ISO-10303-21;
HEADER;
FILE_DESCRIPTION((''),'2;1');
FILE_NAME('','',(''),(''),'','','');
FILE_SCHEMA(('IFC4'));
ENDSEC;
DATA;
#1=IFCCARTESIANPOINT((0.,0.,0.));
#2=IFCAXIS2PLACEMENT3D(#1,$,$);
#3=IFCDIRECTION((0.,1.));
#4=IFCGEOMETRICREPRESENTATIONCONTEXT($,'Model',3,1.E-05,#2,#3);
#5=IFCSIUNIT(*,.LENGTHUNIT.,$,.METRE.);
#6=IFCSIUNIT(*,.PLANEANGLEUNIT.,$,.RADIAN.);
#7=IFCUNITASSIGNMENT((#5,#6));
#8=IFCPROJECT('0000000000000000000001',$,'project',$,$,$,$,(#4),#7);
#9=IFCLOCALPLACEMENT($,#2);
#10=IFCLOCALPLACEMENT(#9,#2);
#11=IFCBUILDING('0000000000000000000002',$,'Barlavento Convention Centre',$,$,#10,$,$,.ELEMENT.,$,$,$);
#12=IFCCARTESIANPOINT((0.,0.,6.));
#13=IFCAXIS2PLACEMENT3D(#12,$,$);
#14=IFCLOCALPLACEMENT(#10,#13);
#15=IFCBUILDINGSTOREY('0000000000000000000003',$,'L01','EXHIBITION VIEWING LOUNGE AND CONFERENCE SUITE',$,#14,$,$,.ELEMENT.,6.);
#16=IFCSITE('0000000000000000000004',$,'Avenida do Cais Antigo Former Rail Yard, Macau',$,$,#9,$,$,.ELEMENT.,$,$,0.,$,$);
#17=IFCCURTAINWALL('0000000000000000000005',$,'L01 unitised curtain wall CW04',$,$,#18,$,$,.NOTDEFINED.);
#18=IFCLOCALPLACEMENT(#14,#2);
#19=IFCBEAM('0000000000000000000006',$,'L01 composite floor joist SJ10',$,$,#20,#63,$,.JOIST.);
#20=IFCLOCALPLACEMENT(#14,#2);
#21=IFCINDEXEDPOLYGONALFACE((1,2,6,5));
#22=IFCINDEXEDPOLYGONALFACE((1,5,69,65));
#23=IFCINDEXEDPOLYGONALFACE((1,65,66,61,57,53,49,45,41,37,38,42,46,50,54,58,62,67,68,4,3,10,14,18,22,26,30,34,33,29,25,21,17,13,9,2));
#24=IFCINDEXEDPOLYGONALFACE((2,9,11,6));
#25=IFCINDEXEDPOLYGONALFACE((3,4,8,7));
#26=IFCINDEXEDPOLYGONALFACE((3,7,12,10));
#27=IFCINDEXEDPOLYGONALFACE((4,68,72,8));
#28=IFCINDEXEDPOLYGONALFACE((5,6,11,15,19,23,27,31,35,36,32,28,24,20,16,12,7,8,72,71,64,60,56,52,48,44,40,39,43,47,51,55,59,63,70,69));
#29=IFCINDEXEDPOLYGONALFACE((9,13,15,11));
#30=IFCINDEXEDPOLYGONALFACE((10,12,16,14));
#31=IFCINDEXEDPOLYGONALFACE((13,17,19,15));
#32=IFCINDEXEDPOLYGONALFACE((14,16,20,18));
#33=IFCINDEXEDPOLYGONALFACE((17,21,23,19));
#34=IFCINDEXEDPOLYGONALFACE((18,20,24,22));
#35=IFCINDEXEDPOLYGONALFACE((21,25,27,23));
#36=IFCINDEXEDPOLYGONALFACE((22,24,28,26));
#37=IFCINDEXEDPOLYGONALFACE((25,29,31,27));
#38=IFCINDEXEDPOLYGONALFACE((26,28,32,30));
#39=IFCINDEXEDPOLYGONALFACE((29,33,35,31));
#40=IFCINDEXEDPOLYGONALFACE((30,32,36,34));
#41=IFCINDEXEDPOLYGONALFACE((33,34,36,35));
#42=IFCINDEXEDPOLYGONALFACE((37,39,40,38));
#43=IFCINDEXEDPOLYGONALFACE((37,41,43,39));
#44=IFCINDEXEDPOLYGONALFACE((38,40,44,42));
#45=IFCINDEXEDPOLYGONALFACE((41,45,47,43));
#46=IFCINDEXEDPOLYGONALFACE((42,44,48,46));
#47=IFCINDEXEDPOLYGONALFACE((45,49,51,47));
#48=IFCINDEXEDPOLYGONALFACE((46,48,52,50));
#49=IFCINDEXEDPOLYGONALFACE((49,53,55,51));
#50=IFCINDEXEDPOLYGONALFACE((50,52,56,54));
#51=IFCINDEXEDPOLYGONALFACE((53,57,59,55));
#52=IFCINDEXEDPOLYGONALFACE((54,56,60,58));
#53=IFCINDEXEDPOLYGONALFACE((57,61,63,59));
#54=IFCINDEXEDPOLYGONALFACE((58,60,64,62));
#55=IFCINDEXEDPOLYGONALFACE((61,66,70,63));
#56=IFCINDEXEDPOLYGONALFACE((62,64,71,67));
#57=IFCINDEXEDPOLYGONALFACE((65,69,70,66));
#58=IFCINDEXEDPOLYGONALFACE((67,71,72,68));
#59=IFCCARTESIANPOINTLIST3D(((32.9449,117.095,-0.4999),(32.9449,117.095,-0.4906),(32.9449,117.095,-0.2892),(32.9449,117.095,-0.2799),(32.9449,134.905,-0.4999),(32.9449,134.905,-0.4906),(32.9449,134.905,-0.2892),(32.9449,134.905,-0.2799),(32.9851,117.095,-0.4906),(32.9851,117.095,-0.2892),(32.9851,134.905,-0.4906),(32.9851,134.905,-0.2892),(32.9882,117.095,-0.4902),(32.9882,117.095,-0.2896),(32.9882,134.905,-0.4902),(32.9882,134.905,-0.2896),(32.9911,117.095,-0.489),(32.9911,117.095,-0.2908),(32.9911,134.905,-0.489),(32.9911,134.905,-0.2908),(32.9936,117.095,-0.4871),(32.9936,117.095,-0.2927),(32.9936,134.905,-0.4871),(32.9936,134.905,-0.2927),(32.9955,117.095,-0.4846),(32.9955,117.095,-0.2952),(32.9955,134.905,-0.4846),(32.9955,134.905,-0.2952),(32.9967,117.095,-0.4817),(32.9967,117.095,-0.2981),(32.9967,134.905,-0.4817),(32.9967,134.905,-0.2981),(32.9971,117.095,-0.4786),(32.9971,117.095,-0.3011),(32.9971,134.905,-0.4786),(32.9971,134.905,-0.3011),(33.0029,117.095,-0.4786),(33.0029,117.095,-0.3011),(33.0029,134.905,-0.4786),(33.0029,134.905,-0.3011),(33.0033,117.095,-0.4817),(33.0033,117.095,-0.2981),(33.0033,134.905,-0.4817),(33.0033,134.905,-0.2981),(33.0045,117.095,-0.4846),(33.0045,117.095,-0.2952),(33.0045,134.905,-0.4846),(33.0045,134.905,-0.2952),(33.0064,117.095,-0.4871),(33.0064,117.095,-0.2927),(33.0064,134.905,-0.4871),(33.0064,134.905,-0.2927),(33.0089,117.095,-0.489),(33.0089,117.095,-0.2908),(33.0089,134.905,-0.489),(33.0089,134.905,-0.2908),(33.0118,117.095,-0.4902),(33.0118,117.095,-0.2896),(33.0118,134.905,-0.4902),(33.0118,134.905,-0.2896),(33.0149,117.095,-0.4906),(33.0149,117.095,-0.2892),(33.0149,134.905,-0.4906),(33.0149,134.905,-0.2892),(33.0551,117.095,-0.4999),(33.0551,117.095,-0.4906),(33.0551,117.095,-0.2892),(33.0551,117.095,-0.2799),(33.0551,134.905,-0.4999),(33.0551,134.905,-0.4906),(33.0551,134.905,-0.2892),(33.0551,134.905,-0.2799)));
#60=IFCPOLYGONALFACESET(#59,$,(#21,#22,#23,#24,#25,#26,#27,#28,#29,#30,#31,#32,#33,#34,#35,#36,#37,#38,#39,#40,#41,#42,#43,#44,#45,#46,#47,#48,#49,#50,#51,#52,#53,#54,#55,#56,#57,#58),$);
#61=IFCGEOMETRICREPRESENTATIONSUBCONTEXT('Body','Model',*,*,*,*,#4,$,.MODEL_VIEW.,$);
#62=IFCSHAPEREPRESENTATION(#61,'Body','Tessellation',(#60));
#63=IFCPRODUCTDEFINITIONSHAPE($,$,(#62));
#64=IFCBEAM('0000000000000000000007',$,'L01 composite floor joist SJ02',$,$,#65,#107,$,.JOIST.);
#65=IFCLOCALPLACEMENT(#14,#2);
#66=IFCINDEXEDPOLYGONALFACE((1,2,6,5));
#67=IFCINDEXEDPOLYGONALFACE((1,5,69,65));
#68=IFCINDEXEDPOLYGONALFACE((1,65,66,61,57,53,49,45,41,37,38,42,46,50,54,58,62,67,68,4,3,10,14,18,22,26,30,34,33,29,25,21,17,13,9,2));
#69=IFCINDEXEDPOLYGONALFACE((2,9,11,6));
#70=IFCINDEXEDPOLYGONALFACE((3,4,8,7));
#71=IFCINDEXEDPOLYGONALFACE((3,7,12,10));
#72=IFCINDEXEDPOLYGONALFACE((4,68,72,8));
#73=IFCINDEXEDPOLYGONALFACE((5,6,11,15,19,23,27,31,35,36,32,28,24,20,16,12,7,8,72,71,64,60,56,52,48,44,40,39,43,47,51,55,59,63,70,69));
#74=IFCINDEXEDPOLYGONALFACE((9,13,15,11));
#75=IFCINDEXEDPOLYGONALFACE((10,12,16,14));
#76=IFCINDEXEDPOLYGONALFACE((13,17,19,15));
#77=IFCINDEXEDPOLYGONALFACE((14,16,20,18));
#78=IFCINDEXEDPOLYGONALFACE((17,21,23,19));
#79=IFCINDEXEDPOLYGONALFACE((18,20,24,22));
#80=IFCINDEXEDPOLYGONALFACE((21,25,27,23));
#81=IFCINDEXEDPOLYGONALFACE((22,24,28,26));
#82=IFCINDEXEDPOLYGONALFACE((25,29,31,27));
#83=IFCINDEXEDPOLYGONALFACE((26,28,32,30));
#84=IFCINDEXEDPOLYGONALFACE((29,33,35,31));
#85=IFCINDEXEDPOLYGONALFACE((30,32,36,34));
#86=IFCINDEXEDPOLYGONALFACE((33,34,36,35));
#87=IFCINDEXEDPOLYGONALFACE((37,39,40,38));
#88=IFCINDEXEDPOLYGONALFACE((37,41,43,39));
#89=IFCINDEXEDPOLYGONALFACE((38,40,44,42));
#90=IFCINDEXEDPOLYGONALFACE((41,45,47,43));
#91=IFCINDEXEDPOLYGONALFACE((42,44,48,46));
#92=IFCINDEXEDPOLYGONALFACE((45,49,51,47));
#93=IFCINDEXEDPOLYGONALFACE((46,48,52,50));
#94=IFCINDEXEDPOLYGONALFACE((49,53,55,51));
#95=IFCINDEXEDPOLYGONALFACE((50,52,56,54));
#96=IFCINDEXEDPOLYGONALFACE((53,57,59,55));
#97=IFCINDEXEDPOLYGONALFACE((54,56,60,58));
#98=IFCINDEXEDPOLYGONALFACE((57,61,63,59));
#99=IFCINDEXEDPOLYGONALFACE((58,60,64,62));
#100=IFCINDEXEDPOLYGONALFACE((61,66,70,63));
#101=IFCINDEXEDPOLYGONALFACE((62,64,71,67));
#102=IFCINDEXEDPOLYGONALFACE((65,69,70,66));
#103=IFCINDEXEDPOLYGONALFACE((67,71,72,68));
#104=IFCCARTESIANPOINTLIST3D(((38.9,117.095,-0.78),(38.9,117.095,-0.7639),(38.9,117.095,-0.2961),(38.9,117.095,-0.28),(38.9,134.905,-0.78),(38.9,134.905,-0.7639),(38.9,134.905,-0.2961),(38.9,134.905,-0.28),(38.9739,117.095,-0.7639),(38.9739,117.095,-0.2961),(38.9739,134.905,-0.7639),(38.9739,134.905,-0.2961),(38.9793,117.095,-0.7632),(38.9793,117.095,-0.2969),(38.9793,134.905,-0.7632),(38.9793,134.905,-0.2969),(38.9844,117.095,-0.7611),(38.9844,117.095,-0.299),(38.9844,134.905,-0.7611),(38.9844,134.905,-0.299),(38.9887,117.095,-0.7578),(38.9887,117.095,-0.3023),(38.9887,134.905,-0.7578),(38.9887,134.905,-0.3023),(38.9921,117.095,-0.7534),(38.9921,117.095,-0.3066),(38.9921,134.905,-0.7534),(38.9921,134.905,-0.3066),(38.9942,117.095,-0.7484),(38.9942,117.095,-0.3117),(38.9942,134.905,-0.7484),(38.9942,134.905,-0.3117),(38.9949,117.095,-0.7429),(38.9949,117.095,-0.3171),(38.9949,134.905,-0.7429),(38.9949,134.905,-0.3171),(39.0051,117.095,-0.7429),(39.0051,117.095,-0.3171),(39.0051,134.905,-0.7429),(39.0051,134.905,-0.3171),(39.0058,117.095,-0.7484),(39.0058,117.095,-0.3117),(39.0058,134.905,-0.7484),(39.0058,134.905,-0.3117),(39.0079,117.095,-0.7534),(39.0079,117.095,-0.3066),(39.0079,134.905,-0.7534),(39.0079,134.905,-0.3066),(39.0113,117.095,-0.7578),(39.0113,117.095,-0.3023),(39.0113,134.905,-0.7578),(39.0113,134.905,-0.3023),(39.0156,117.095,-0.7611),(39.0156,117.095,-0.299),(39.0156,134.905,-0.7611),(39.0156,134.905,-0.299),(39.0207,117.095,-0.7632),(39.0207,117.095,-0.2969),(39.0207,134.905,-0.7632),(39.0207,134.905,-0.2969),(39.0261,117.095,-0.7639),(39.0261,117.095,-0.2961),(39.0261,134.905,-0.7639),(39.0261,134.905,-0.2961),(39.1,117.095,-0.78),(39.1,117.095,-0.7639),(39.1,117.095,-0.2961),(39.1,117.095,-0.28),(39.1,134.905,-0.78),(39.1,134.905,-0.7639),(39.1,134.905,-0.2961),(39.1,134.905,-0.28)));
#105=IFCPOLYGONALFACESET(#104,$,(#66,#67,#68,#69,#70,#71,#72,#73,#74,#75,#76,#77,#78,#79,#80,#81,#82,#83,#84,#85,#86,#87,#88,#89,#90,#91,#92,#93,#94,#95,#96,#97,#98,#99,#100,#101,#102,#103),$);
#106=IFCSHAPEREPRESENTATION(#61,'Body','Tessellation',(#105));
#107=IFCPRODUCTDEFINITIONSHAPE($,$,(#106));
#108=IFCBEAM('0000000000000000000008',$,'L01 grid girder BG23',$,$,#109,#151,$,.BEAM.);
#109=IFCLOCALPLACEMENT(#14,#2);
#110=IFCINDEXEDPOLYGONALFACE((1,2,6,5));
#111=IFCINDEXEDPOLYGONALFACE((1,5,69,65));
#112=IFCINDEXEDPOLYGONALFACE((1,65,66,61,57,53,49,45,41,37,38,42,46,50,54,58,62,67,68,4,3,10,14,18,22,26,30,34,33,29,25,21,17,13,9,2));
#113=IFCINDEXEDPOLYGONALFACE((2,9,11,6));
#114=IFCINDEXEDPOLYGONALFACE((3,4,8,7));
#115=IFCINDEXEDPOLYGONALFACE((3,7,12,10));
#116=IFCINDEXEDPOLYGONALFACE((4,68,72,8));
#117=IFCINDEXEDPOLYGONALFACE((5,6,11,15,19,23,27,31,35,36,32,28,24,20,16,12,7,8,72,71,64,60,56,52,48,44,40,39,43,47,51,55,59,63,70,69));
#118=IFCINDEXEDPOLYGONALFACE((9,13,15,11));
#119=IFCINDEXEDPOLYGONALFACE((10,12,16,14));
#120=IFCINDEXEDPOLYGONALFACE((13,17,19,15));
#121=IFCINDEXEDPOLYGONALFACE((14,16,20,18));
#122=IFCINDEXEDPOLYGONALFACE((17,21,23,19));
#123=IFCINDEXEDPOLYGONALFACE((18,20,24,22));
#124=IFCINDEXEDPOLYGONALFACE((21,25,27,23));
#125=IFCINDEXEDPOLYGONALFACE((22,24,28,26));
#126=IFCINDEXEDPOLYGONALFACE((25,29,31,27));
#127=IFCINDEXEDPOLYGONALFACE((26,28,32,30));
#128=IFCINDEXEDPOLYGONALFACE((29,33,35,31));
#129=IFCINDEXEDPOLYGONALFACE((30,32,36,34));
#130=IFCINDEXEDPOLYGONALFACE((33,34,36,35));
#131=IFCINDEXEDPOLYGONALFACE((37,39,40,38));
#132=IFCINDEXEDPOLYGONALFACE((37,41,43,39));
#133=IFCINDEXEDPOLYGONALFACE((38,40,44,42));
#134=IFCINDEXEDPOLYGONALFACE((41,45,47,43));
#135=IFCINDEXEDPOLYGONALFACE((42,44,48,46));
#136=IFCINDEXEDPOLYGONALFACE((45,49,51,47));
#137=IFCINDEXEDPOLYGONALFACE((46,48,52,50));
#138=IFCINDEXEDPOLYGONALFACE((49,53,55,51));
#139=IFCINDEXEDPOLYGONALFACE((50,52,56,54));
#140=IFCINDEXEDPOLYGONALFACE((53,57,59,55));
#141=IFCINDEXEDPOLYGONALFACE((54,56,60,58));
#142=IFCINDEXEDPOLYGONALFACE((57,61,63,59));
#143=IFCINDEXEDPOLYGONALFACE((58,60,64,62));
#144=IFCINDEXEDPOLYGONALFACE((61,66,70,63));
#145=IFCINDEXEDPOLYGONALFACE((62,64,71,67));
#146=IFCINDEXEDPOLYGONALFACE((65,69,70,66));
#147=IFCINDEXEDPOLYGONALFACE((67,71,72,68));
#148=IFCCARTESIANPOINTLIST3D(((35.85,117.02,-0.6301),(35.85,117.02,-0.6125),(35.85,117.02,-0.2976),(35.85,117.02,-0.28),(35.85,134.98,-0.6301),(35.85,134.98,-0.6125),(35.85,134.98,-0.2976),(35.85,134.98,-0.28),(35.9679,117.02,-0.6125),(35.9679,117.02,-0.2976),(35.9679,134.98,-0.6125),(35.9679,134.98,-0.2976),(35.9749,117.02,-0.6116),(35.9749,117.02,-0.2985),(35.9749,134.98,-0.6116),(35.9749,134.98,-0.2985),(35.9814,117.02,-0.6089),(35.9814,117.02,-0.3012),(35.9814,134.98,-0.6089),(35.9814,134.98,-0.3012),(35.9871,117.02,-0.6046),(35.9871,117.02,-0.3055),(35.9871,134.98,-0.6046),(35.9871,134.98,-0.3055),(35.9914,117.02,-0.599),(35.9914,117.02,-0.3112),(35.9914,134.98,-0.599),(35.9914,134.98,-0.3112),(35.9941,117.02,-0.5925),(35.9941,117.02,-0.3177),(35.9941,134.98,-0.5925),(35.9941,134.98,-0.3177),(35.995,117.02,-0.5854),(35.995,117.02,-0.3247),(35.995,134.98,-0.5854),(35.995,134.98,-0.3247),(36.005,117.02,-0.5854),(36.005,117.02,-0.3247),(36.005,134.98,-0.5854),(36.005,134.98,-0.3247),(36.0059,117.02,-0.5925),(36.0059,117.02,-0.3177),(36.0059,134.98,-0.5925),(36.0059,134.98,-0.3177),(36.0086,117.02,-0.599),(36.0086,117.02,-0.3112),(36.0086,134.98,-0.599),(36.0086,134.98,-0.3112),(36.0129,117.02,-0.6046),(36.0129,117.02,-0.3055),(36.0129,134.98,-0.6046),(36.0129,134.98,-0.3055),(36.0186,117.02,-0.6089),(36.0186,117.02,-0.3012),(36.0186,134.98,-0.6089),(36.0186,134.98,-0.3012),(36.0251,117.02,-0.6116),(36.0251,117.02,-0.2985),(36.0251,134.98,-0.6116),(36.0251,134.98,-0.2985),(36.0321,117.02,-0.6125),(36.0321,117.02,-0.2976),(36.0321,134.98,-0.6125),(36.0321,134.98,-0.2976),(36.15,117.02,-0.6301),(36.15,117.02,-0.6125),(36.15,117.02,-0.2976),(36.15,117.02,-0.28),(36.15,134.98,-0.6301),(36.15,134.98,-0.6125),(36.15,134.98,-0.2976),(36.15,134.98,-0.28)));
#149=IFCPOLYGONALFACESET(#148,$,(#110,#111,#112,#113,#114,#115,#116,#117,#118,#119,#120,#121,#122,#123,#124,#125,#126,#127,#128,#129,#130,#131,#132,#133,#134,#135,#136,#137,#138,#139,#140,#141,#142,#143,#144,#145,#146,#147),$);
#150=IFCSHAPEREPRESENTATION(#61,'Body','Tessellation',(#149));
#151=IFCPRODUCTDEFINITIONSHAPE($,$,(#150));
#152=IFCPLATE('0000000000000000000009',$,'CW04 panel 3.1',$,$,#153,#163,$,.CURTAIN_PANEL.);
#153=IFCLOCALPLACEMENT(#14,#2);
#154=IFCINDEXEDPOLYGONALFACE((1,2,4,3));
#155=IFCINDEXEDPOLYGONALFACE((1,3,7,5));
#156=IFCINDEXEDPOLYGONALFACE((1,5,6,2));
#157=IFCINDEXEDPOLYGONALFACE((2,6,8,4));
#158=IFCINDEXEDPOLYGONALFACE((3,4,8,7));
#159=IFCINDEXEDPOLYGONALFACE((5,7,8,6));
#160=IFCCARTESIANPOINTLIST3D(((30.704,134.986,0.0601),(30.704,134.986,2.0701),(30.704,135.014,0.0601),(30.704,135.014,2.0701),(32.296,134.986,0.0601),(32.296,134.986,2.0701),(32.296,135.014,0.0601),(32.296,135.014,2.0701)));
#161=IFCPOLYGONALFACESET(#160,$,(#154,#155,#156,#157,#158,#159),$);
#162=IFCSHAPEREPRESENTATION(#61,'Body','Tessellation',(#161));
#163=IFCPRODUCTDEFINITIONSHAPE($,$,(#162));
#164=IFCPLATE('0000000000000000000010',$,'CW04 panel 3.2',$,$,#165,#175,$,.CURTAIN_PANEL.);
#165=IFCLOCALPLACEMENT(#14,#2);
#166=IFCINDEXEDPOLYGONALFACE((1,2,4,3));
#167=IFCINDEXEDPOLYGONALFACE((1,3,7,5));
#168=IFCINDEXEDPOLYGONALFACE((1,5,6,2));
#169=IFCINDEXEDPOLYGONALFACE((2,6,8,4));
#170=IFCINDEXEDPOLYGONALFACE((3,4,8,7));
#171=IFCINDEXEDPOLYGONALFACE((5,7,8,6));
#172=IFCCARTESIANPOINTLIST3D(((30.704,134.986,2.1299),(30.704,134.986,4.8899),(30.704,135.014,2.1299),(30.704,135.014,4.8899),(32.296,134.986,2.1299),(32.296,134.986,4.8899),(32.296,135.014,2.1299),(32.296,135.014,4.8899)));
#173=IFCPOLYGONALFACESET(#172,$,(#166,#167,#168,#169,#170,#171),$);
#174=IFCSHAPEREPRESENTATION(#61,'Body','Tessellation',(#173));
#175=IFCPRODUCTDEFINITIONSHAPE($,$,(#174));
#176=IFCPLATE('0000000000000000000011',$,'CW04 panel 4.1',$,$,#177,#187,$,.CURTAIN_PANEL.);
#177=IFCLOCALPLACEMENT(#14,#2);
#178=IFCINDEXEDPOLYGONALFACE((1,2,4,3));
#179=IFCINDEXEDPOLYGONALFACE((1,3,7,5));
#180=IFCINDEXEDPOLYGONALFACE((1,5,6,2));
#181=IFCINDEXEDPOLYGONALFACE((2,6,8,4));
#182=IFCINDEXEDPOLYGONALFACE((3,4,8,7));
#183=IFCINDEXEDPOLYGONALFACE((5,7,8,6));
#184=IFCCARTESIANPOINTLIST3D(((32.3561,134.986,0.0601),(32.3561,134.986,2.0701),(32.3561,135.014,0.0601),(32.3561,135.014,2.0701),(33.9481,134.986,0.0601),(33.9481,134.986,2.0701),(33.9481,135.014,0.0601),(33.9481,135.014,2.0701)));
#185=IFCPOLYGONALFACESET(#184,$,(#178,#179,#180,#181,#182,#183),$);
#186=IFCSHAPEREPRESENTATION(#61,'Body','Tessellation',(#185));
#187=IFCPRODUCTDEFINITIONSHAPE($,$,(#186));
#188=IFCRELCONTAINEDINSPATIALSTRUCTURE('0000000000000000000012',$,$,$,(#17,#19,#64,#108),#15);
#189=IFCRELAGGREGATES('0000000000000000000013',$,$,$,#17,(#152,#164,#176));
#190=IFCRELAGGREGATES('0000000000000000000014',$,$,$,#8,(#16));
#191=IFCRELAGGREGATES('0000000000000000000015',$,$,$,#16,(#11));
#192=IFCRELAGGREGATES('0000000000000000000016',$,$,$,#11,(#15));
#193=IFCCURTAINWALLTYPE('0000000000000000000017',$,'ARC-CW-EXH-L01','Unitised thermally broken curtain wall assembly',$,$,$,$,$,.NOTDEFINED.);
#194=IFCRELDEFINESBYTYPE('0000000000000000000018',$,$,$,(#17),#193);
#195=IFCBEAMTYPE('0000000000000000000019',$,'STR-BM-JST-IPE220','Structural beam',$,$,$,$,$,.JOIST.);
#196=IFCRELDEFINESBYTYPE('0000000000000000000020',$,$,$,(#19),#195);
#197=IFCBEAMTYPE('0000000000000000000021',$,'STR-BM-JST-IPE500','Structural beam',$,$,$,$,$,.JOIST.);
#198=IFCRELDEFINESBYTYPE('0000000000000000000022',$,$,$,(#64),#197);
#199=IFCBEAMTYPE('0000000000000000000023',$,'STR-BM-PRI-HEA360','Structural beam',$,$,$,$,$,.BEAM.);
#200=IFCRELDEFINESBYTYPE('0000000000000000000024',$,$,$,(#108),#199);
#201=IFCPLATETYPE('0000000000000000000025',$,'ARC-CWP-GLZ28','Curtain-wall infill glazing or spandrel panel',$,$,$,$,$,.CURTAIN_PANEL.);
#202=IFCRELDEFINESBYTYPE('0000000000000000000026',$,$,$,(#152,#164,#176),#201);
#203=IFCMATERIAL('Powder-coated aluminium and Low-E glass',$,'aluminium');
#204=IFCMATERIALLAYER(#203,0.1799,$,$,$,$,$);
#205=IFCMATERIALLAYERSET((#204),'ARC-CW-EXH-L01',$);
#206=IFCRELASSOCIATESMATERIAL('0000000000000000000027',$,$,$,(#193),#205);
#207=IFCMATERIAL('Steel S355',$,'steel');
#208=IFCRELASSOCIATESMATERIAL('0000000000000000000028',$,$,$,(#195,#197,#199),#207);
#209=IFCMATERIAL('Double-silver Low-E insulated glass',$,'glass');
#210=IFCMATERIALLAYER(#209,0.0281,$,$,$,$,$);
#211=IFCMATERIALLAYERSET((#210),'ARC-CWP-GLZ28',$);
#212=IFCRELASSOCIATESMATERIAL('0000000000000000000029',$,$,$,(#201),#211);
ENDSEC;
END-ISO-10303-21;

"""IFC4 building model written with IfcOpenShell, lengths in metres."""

from ifc_helpers import new_model, si_unit, direction, frame, origin, origin_2d, place, context, subcontext, project, spatial, rectangle, i_section, extrude, material, layer, layer_set, material_profile, profile_set, type_object, element, aggregate, save


model = new_model("IFC4")

# Units and contexts
model_context = context("Model", 3, precision=1e-05, world=origin(), true_north=direction((0.0, 1.0)))
body_context = subcontext(model_context, "Body", "Model", "MODEL_VIEW")
ifc_project = project(units=[si_unit("LENGTHUNIT", "METRE"), si_unit("PLANEANGLEUNIT", "RADIAN")], contexts=[model_context])

# Site, building, storey
site_placement = place(None, origin())
site = spatial("IfcSite", under=ifc_project, at=site_placement, Name="Avenida do Cais Antigo Former Rail Yard, Macau", CompositionType="ELEMENT", RefElevation=0.0)
building_placement = place(site_placement, origin())
building = spatial("IfcBuilding", under=site, at=building_placement, Name="Barlavento Convention Centre", CompositionType="ELEMENT")
storey_placement = place(building_placement, frame((0.0, 0.0, 6.0)))
storey = spatial("IfcBuildingStorey", under=building, at=storey_placement, Name="L01", Description="EXHIBITION VIEWING LOUNGE AND CONFERENCE SUITE", CompositionType="ELEMENT", Elevation=6.0)

# Curtain wall
ifc_material_1 = material(Name="Powder-coated aluminium and Low-E glass", Category="aluminium")
ifc_layer_1 = layer(ifc_material_1, 0.1799)
ifc_layer_set_1 = layer_set([ifc_layer_1], Name="ARC-CW-EXH-L01")
curtain_wall_type = type_object("IfcCurtainWallType", Name="ARC-CW-EXH-L01", Description="Unitised thermally broken curtain wall assembly", PredefinedType="NOTDEFINED", material=ifc_layer_set_1)
curtain_wall_placement = place(storey_placement, origin())
curtain_wall = element("IfcCurtainWall", 1, at=curtain_wall_placement, inside=storey, type_object=curtain_wall_type, Name="L01 unitised curtain wall CW04", PredefinedType="NOTDEFINED")

# Beams
ifc_material_2 = material(Name="Steel S355", Category="steel")
ifc_material_profile_1 = material_profile(ifc_material_2, i_section(OverallWidth=0.1101, OverallDepth=0.22, WebThickness=0.0059, FlangeThickness=0.0093, FilletRadius=0.012, at=origin_2d()), Name="IPE 220")
ifc_profile_set_1 = profile_set([ifc_material_profile_1], Name="Steel S355")
beam_type_1 = type_object("IfcBeamType", Name="STR-BM-JST-IPE220", Description="Structural beam", PredefinedType="JOIST", material=ifc_profile_set_1)
beam_1_placement = place(storey_placement, frame((33.0, 117.095, -0.3899), z_axis=(0.0, 1.0, 0.0), x_axis=(-1.0, 0.0, 0.0)))
element("IfcBeam", 2, at=beam_1_placement, inside=storey, type_object=beam_type_1, Name="L01 composite floor joist SJ10", PredefinedType="JOIST", context=body_context, shape_type="SweptSolid", body=[
    extrude(i_section(OverallWidth=0.1101, OverallDepth=0.22, WebThickness=0.0059, FlangeThickness=0.0093, FilletRadius=0.012, at=origin_2d()), origin(), (0.0, 0.0, 1.0), 17.8101),
])
ifc_material_profile_2 = material_profile(ifc_material_2, i_section(OverallWidth=0.2, OverallDepth=0.5, WebThickness=0.0103, FlangeThickness=0.0161, FilletRadius=0.021, at=origin_2d()), Name="IPE 500")
ifc_profile_set_2 = profile_set([ifc_material_profile_2], Name="Steel S355")
beam_type_2 = type_object("IfcBeamType", Name="STR-BM-JST-IPE500", Description="Structural beam", PredefinedType="JOIST", material=ifc_profile_set_2)
beam_2_placement = place(storey_placement, frame((39.0, 117.095, -0.53), z_axis=(0.0, 1.0, 0.0), x_axis=(-1.0, 0.0, 0.0)))
element("IfcBeam", 3, at=beam_2_placement, inside=storey, type_object=beam_type_2, Name="L01 composite floor joist SJ02", PredefinedType="JOIST", context=body_context, shape_type="SweptSolid", body=[
    extrude(i_section(OverallWidth=0.2, OverallDepth=0.5, WebThickness=0.0103, FlangeThickness=0.0161, FilletRadius=0.021, at=origin_2d()), origin(), (0.0, 0.0, 1.0), 17.8101),
])
ifc_material_profile_3 = material_profile(ifc_material_2, i_section(OverallWidth=0.3, OverallDepth=0.3501, WebThickness=0.01, FlangeThickness=0.0176, FilletRadius=0.0271, at=origin_2d()), Name="HEA 360")
ifc_profile_set_3 = profile_set([ifc_material_profile_3], Name="Steel S355")
beam_type_3 = type_object("IfcBeamType", Name="STR-BM-PRI-HEA360", Description="Structural beam", PredefinedType="BEAM", material=ifc_profile_set_3)
beam_3_placement = place(storey_placement, frame((36.0, 117.02, -0.4551), z_axis=(0.0, 1.0, 0.0), x_axis=(-1.0, 0.0, 0.0)))
element("IfcBeam", 4, at=beam_3_placement, inside=storey, type_object=beam_type_3, Name="L01 grid girder BG23", PredefinedType="BEAM", context=body_context, shape_type="SweptSolid", body=[
    extrude(i_section(OverallWidth=0.3, OverallDepth=0.3501, WebThickness=0.01, FlangeThickness=0.0176, FilletRadius=0.0271, at=origin_2d()), origin(), (0.0, 0.0, 1.0), 17.96),
])

# Plates
ifc_material_3 = material(Name="Double-silver Low-E insulated glass", Category="glass")
ifc_layer_2 = layer(ifc_material_3, 0.0281)
ifc_layer_set_2 = layer_set([ifc_layer_2], Name="ARC-CWP-GLZ28")
plate_type = type_object("IfcPlateType", Name="ARC-CWP-GLZ28", Description="Curtain-wall infill glazing or spandrel panel", PredefinedType="CURTAIN_PANEL", material=ifc_layer_set_2)
plate_1_placement = place(storey_placement, frame((31.5, 135.0, 0.0601), z_axis=(0.0, 0.0, 1.0), x_axis=(1.0, 0.0, 0.0)))
plate_1 = element("IfcPlate", 5, at=plate_1_placement, type_object=plate_type, Name="CW04 panel 3.1", PredefinedType="CURTAIN_PANEL", context=body_context, shape_type="SweptSolid", body=[
    extrude(rectangle(XDim=1.592, YDim=0.0281, at=origin_2d()), origin(), (0.0, 0.0, 1.0), 2.01),
])
plate_2_placement = place(storey_placement, frame((31.5, 135.0, 2.1299), z_axis=(0.0, 0.0, 1.0), x_axis=(1.0, 0.0, 0.0)))
plate_2 = element("IfcPlate", 6, at=plate_2_placement, type_object=plate_type, Name="CW04 panel 3.2", PredefinedType="CURTAIN_PANEL", context=body_context, shape_type="SweptSolid", body=[
    extrude(rectangle(XDim=1.592, YDim=0.0281, at=origin_2d()), origin(), (0.0, 0.0, 1.0), 2.76),
])
plate_3_placement = place(storey_placement, frame((33.1521, 135.0, 0.0601), z_axis=(0.0, 0.0, 1.0), x_axis=(1.0, 0.0, 0.0)))
plate_3 = element("IfcPlate", 7, at=plate_3_placement, type_object=plate_type, Name="CW04 panel 4.1", PredefinedType="CURTAIN_PANEL", context=body_context, shape_type="SweptSolid", body=[
    extrude(rectangle(XDim=1.592, YDim=0.0281, at=origin_2d()), origin(), (0.0, 0.0, 1.0), 2.01),
])
aggregate(curtain_wall, [plate_1, plate_2, plate_3])

save(model, "model.ifc")
